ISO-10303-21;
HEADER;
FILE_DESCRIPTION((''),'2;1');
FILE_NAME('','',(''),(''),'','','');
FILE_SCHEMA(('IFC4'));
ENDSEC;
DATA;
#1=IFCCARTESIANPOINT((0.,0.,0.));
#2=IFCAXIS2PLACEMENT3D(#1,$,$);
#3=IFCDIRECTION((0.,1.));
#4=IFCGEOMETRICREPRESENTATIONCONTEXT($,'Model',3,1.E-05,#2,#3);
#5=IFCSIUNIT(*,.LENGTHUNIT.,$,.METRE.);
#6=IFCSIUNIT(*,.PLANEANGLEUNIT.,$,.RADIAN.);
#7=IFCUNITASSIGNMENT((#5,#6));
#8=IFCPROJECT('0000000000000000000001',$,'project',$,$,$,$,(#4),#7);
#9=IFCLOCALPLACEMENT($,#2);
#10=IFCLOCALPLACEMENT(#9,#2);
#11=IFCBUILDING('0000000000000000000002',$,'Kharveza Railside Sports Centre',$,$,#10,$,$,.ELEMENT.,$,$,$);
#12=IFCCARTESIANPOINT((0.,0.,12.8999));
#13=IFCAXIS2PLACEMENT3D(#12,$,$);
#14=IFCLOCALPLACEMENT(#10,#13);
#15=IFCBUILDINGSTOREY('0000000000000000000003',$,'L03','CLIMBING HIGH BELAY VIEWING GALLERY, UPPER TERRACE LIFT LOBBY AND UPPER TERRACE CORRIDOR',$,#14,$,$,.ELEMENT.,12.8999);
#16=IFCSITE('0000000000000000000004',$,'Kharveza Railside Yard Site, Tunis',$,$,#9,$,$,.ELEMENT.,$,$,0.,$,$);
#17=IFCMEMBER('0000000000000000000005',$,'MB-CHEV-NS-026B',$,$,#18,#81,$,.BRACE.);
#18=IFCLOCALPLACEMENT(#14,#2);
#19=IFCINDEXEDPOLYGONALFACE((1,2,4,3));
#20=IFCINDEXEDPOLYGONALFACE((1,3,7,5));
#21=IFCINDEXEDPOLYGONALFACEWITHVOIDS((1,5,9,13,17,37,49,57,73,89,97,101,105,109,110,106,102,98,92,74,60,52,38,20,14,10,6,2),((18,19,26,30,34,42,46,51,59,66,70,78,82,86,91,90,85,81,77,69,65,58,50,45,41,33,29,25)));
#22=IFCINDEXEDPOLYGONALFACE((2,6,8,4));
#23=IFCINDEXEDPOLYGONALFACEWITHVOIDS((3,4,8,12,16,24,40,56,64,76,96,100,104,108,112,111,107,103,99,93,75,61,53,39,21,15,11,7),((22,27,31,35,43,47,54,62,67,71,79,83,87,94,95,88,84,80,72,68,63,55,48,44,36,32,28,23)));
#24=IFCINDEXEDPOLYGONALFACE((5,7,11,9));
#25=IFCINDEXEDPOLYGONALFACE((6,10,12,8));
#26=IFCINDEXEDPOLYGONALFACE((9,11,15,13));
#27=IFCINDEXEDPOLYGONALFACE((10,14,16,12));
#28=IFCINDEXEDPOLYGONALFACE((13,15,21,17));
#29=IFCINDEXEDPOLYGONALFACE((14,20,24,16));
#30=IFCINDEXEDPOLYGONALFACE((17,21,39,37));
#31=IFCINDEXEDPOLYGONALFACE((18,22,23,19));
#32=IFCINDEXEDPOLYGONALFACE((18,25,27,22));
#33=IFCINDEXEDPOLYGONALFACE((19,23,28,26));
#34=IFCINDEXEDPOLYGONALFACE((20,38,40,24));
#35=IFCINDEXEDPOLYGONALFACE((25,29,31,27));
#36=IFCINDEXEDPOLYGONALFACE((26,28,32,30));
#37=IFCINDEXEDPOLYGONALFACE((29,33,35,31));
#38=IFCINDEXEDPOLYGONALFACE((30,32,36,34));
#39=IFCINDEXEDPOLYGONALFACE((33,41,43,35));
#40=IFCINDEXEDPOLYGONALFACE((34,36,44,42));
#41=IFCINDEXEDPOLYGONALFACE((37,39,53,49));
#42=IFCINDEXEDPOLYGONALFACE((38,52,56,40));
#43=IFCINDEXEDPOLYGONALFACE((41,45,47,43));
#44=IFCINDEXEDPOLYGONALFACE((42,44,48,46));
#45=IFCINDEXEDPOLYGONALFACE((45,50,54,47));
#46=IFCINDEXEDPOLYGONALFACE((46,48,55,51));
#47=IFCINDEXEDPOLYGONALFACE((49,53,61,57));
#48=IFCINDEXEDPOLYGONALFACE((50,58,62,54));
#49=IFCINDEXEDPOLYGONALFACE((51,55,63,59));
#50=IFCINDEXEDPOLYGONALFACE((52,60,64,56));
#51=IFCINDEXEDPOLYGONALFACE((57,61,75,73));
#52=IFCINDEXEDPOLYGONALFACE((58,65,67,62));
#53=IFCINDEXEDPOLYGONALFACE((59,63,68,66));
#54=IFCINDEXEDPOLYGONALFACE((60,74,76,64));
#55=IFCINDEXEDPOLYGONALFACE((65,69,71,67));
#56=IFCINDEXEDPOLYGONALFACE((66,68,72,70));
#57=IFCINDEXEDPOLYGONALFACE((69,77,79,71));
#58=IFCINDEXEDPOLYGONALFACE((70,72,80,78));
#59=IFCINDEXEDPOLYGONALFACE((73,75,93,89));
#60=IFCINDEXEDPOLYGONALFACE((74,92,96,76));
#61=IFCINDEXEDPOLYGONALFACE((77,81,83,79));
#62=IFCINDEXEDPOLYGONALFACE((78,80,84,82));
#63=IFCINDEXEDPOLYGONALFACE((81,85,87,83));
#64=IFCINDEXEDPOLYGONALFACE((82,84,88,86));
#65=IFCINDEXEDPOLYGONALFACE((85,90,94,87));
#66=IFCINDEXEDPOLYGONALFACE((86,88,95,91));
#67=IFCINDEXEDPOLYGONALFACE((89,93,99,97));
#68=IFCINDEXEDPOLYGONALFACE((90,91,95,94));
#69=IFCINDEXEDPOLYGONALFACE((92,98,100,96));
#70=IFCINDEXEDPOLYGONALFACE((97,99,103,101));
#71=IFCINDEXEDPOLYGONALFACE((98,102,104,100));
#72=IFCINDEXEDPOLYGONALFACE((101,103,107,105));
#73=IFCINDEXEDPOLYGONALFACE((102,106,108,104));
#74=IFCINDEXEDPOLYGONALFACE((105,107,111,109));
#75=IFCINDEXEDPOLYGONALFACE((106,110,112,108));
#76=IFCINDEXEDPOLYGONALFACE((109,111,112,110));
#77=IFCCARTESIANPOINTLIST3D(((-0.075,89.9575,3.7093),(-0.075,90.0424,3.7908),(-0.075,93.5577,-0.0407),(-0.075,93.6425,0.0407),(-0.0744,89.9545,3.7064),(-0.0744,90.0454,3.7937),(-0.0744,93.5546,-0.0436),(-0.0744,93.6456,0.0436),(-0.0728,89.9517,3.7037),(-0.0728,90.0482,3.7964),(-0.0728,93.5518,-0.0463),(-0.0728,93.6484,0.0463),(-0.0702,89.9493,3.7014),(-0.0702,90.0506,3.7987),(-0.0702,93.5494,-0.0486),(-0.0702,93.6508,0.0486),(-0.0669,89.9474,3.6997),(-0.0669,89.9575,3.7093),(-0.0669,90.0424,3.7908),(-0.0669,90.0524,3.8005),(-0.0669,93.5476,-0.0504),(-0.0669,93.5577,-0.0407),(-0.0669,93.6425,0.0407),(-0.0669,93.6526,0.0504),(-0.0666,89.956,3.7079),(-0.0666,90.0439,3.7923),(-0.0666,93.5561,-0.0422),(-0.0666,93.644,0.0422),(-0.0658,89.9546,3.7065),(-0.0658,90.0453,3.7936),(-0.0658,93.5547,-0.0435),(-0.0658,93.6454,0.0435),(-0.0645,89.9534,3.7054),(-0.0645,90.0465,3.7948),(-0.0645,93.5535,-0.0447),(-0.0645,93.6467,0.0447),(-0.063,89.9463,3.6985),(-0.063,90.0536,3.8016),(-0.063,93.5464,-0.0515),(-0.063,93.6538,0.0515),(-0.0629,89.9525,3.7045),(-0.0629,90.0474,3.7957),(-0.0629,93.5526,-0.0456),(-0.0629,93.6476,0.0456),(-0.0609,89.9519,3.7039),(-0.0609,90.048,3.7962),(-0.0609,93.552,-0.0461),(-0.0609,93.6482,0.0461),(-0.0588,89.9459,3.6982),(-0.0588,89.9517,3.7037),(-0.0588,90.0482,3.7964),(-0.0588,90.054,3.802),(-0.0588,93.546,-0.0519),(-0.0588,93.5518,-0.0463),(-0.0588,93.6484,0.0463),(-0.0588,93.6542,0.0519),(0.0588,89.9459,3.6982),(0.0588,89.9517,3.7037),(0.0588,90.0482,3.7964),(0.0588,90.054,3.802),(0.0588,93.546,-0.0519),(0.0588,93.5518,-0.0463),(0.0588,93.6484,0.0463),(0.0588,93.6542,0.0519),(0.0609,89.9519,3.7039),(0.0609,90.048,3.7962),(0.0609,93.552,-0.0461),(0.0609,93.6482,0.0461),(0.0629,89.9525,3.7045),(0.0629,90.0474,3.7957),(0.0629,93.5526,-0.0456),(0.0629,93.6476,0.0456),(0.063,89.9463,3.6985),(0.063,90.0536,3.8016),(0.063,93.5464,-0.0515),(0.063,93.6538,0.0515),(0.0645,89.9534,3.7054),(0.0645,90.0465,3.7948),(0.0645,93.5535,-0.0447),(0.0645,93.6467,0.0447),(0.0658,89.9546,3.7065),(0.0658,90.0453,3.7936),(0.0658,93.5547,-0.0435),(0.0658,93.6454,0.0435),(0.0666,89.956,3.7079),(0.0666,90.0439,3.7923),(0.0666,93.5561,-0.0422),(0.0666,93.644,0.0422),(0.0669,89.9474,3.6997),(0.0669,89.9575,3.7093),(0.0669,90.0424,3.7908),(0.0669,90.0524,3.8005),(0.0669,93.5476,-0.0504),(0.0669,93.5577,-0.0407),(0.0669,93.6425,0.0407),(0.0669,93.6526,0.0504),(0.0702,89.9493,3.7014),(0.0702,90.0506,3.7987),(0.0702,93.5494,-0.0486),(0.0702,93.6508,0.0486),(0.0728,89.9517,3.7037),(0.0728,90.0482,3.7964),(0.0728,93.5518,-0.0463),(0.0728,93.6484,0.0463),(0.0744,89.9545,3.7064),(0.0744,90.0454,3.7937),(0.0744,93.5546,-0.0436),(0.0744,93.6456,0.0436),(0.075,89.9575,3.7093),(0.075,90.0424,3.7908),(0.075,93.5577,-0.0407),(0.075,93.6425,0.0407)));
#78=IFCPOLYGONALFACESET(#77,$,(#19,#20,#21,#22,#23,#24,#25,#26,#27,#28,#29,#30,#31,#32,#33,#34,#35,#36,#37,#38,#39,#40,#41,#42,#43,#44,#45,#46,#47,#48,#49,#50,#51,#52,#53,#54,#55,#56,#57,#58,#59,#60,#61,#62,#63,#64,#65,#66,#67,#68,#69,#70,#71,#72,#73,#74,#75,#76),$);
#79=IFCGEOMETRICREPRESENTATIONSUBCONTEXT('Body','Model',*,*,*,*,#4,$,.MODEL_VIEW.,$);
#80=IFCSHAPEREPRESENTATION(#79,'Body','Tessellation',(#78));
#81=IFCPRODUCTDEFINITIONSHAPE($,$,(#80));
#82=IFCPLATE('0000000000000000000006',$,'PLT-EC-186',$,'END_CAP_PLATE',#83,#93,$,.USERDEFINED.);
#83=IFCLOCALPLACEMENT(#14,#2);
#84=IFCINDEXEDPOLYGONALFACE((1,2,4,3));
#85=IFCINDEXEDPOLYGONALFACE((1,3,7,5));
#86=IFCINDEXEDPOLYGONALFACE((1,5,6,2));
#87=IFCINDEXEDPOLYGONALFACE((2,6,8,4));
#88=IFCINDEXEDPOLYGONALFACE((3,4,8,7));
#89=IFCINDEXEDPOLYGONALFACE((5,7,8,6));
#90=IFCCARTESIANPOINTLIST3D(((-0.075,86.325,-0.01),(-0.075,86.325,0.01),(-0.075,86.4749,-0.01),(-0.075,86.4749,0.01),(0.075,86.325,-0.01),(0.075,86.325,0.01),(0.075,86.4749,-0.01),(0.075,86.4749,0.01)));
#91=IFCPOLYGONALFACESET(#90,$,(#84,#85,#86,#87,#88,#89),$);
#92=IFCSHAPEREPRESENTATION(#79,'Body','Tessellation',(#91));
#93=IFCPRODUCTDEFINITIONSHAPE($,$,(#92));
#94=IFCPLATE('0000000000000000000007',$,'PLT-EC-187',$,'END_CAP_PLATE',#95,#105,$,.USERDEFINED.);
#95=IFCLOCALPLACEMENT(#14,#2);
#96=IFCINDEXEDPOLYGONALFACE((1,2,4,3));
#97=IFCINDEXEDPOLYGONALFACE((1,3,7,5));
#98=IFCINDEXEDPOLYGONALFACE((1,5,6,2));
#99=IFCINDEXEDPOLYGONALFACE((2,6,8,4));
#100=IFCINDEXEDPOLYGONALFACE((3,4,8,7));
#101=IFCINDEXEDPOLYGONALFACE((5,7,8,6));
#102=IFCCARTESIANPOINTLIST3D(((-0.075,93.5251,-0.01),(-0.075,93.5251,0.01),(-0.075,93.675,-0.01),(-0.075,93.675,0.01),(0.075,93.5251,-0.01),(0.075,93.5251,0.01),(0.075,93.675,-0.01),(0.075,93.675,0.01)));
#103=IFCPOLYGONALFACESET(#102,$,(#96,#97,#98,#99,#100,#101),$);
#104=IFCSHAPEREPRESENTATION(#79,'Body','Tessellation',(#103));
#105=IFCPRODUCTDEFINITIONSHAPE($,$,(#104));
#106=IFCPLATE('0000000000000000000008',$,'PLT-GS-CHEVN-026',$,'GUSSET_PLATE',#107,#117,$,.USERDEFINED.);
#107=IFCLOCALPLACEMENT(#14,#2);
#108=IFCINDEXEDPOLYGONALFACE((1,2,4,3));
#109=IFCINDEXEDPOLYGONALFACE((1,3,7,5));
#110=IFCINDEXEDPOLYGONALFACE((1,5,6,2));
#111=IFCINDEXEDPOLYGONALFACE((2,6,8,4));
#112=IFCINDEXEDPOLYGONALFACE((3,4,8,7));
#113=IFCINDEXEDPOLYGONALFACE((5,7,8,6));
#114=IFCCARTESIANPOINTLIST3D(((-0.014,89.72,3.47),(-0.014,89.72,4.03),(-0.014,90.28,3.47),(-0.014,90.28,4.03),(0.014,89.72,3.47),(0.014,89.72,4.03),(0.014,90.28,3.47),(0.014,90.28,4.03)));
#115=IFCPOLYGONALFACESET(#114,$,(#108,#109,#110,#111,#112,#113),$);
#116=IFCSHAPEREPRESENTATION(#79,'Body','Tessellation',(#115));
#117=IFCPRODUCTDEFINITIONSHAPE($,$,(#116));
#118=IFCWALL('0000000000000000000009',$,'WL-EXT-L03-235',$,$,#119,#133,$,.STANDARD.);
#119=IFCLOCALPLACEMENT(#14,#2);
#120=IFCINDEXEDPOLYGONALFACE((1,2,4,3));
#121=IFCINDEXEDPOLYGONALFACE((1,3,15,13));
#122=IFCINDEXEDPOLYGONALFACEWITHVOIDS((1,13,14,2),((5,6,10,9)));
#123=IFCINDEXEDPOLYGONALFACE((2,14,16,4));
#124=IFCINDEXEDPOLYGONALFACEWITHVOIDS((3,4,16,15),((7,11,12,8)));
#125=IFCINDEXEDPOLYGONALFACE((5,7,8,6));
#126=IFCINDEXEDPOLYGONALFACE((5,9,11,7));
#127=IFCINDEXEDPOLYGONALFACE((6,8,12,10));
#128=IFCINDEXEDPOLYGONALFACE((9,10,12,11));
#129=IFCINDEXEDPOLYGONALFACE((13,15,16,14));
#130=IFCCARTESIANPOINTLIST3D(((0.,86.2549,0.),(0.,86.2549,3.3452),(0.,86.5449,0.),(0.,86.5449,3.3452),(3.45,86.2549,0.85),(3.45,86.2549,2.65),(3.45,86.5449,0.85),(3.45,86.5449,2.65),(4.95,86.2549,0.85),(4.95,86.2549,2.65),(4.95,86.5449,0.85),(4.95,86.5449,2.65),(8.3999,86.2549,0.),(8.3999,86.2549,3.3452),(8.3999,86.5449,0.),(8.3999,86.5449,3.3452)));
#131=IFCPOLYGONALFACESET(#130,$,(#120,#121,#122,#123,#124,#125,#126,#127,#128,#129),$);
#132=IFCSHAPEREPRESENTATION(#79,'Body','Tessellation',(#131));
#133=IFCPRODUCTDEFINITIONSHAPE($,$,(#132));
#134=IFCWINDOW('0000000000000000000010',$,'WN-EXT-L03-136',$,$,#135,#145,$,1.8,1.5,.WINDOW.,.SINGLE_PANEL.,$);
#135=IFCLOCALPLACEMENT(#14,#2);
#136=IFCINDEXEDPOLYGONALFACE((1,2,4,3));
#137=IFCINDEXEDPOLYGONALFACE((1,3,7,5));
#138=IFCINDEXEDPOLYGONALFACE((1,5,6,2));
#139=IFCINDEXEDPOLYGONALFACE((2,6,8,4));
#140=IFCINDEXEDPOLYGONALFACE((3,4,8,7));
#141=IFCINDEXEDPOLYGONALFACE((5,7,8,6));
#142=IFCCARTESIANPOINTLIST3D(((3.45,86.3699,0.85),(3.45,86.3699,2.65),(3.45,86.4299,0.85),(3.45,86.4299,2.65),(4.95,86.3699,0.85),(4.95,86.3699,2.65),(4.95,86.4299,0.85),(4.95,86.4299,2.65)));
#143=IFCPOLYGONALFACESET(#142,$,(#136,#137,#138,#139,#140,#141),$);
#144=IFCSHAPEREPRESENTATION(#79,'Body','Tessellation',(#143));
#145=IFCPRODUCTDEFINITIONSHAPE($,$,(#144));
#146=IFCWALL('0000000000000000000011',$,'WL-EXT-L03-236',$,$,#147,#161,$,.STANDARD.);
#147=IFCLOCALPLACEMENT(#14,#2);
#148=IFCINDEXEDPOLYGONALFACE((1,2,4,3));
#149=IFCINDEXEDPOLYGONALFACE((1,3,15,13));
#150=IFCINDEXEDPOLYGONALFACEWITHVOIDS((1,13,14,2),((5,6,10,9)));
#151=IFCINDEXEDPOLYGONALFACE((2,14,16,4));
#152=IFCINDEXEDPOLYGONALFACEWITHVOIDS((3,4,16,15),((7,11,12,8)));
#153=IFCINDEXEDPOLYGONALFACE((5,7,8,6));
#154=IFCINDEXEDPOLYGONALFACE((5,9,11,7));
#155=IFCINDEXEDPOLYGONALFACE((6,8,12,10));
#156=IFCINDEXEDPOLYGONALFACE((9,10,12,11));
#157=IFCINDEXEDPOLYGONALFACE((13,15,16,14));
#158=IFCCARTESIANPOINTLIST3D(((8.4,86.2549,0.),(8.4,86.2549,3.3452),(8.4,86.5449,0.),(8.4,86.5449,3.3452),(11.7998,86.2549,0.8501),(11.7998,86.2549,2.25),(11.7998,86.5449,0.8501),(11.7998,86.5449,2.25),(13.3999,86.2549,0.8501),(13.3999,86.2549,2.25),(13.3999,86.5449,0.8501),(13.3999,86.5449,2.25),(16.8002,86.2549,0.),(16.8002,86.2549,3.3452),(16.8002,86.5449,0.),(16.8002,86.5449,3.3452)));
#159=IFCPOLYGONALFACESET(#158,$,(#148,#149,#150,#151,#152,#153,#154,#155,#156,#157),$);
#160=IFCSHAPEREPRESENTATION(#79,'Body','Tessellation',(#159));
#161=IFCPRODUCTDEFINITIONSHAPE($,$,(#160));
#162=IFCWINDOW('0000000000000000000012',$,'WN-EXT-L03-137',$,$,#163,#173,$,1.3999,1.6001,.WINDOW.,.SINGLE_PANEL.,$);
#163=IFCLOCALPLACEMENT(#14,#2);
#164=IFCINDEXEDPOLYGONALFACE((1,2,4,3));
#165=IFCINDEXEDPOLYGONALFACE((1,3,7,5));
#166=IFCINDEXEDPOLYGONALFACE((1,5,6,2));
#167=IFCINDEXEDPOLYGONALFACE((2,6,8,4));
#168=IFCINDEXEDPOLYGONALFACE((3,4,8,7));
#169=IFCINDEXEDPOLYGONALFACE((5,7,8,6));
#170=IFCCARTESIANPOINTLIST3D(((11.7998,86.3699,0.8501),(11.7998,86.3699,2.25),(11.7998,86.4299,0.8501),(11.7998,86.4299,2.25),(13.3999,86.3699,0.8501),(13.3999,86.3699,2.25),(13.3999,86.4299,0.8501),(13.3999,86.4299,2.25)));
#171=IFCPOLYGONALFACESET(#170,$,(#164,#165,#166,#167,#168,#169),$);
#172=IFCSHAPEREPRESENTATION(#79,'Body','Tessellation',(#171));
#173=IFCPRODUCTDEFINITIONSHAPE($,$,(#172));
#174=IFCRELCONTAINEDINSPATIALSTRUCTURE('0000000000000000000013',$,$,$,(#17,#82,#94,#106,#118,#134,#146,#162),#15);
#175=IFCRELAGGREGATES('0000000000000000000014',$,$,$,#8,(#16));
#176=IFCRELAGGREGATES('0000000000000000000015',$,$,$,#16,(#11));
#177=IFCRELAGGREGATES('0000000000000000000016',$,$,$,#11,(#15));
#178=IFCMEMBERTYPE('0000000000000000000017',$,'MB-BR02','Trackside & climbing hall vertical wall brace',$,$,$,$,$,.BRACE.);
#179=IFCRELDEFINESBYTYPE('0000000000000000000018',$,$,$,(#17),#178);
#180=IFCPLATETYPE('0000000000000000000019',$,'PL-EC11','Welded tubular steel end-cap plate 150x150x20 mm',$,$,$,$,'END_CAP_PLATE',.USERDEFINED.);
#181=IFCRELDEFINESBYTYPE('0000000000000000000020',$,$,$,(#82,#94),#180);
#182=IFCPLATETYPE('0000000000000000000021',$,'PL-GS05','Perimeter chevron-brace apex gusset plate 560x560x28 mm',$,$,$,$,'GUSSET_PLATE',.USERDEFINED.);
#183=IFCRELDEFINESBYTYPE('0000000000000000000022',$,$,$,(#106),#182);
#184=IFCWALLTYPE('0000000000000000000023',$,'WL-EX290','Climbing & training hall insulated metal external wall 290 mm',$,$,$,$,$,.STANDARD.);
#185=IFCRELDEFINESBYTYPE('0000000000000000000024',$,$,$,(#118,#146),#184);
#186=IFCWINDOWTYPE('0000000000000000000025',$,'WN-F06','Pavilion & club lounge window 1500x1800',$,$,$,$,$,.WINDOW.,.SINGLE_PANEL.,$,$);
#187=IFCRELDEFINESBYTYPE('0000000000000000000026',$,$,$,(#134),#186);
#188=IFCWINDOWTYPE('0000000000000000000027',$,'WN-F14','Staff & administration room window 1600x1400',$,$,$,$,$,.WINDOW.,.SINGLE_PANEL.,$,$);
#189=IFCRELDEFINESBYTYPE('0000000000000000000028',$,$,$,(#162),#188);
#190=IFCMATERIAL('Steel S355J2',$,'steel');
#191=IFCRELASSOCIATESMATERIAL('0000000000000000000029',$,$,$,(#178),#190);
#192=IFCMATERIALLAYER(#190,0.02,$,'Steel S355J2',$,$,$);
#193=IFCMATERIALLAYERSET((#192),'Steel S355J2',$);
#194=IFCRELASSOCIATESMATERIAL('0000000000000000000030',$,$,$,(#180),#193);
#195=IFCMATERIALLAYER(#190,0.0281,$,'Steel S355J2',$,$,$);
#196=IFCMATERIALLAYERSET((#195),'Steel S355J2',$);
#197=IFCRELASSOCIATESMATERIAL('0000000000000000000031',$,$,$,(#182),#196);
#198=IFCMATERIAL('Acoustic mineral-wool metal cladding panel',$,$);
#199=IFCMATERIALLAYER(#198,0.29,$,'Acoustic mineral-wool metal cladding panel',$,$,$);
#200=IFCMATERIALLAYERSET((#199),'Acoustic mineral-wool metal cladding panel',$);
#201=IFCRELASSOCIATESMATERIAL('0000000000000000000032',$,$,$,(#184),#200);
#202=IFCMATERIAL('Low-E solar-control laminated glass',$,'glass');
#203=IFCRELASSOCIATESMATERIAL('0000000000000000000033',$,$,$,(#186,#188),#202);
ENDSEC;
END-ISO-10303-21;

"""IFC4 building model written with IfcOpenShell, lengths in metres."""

from ifc_helpers import new_model, si_unit, direction, frame, frame_2d, origin, origin_2d, place, context, subcontext, project, spatial, rectangle, hollow_rectangle, extrude, material, layer, layer_set, material_profile, profile_set, type_object, element, fill, save


model = new_model("IFC4")

# Units and contexts
model_context = context("Model", 3, precision=1e-05, world=origin(), true_north=direction((0.0, 1.0)))
body_context = subcontext(model_context, "Body", "Model", "MODEL_VIEW")
ifc_project = project(units=[si_unit("LENGTHUNIT", "METRE"), si_unit("PLANEANGLEUNIT", "RADIAN")], contexts=[model_context])

# Site, building, storey
site_placement = place(None, origin())
site = spatial("IfcSite", under=ifc_project, at=site_placement, Name="Kharveza Railside Yard Site, Tunis", CompositionType="ELEMENT", RefElevation=0.0)
building_placement = place(site_placement, origin())
building = spatial("IfcBuilding", under=site, at=building_placement, Name="Kharveza Railside Sports Centre", CompositionType="ELEMENT")
storey_placement = place(building_placement, frame((0.0, 0.0, 12.8999)))
storey = spatial("IfcBuildingStorey", under=building, at=storey_placement, Name="L03", Description="CLIMBING HIGH BELAY VIEWING GALLERY, UPPER TERRACE LIFT LOBBY AND UPPER TERRACE CORRIDOR", CompositionType="ELEMENT", Elevation=12.8999)

# Shared definitions
ifc_material_1 = material(Name="Steel S355J2", Category="steel")

# Member
ifc_material_profile_1 = material_profile(ifc_material_1, hollow_rectangle(XDim=0.1499, YDim=0.1499, WallThickness=0.0081, InnerFilletRadius=0.0081, OuterFilletRadius=0.0161, at=origin_2d()), Name="SHS 150x150x8.0")
ifc_profile_set_1 = profile_set([ifc_material_profile_1], Name="Steel S355J2")
member_type = type_object("IfcMemberType", Name="MB-BR02", Description="Trackside & climbing hall vertical wall brace", PredefinedType="BRACE", material=ifc_profile_set_1)
for number, where, z_axis, x_axis, name in (
    (1, (0.0, 93.6001, 0.0), (0.0, -0.692542, 0.721378), (1.0, 0.0, 0.0), "MB-CHEV-NS-026B"),
):
    element("IfcMember", number, at=place(storey_placement, frame(where, z_axis=z_axis, x_axis=x_axis)), inside=storey, type_object=member_type, Name=name, PredefinedType="BRACE", context=body_context, shape_type="SweptSolid", body=[
        extrude(hollow_rectangle(XDim=0.1499, YDim=0.1499, WallThickness=0.0081, InnerFilletRadius=0.0081, OuterFilletRadius=0.0161, at=origin_2d()), origin(), (0.0, 0.0, 1.0), 5.1985),
    ])

# Plates
ifc_layer_1 = layer(ifc_material_1, 0.02, Name="Steel S355J2")
ifc_layer_set_1 = layer_set([ifc_layer_1], Name="Steel S355J2")
plate_type_1 = type_object("IfcPlateType", Name="PL-EC11", Description="Welded tubular steel end-cap plate 150x150x20 mm", ElementType="END_CAP_PLATE", PredefinedType="USERDEFINED", material=ifc_layer_set_1)
for number, where, z_axis, x_axis, name in (
    (2, (0.0, 86.3999, -0.01), (0.0, 0.0, 1.0), (1.0, 0.0, 0.0), "PLT-EC-186"),
    (3, (0.0, 93.6001, -0.01), (0.0, 0.0, 1.0), (1.0, 0.0, 0.0), "PLT-EC-187"),
):
    element("IfcPlate", number, at=place(storey_placement, frame(where, z_axis=z_axis, x_axis=x_axis)), inside=storey, type_object=plate_type_1, Name=name, ObjectType="END_CAP_PLATE", PredefinedType="USERDEFINED", context=body_context, shape_type="SweptSolid", body=[
        extrude(rectangle(XDim=0.1499, YDim=0.1499, at=origin_2d()), origin(), (0.0, 0.0, 1.0), 0.02),
    ])
ifc_layer_2 = layer(ifc_material_1, 0.0281, Name="Steel S355J2")
ifc_layer_set_2 = layer_set([ifc_layer_2], Name="Steel S355J2")
plate_type_2 = type_object("IfcPlateType", Name="PL-GS05", Description="Perimeter chevron-brace apex gusset plate 560x560x28 mm", ElementType="GUSSET_PLATE", PredefinedType="USERDEFINED", material=ifc_layer_set_2)
plate_placement = place(storey_placement, frame((0.0, 90.0, 3.47), z_axis=(0.0, 0.0, 1.0), x_axis=(1.0, 0.0, 0.0)))
element("IfcPlate", 4, at=plate_placement, inside=storey, type_object=plate_type_2, Name="PLT-GS-CHEVN-026", ObjectType="GUSSET_PLATE", PredefinedType="USERDEFINED", context=body_context, shape_type="SweptSolid", body=[
    extrude(rectangle(XDim=0.0281, YDim=0.5601, at=origin_2d()), origin(), (0.0, 0.0, 1.0), 0.5601),
])

# Walls, openings, windows
ifc_material_2 = material(Name="Acoustic mineral-wool metal cladding panel")
ifc_layer_3 = layer(ifc_material_2, 0.29, Name="Acoustic mineral-wool metal cladding panel")
ifc_layer_set_3 = layer_set([ifc_layer_3], Name="Acoustic mineral-wool metal cladding panel")
wall_type = type_object("IfcWallType", Name="WL-EX290", Description="Climbing & training hall insulated metal external wall 290 mm", PredefinedType="STANDARD", material=ifc_layer_set_3)
wall_1_placement = place(storey_placement, frame((0.0, 86.3999, 0.0), z_axis=(0.0, 0.0, 1.0), x_axis=(1.0, 0.0, 0.0)))
wall_1 = element("IfcWall", 5, at=wall_1_placement, inside=storey, type_object=wall_type, Name="WL-EXT-L03-235", PredefinedType="STANDARD", context=body_context, shape_type="SweptSolid", body=[
    extrude(rectangle(XDim=8.3999, YDim=0.29, at=frame_2d((4.2, 0.0))), origin(), (0.0, 0.0, 1.0), 3.3452),
])
opening_1_placement = place(wall_1_placement, frame((3.45, 0.0, 0.8501)))
opening_1 = element("IfcOpeningElement", 6, at=opening_1_placement, cuts=wall_1, PredefinedType="OPENING", context=body_context, shape_type="SweptSolid", body=[
    extrude(rectangle(XDim=1.5, YDim=1.8, at=frame_2d((0.75, 0.8999))), frame((0.0, 0.1699, 0.0), z_axis=(0.0, -1.0, 0.0), x_axis=(1.0, 0.0, 0.0)), (0.0, 0.0, 1.0), 0.3398),
])
ifc_material_3 = material(Name="Low-E solar-control laminated glass", Category="glass")
window_type_1 = type_object("IfcWindowType", Name="WN-F06", Description="Pavilion & club lounge window 1500x1800", PartitioningType="SINGLE_PANEL", PredefinedType="WINDOW", material=ifc_material_3)
window_1_placement = place(opening_1_placement, origin())
window_1 = element("IfcWindow", 7, at=window_1_placement, inside=storey, type_object=window_type_1, Name="WN-EXT-L03-136", OverallHeight=1.8, OverallWidth=1.5, PartitioningType="SINGLE_PANEL", PredefinedType="WINDOW", context=body_context, shape_type="SweptSolid", body=[
    extrude(rectangle(XDim=1.5, YDim=1.8, at=frame_2d((0.75, 0.8999))), frame((0.0, 0.03, 0.0), z_axis=(0.0, -1.0, 0.0), x_axis=(1.0, 0.0, 0.0)), (0.0, 0.0, 1.0), 0.0601),
])
fill(opening_1, window_1)
wall_2_placement = place(storey_placement, frame((8.3999, 86.3999, 0.0), z_axis=(0.0, 0.0, 1.0), x_axis=(1.0, 0.0, 0.0)))
wall_2 = element("IfcWall", 8, at=wall_2_placement, inside=storey, type_object=wall_type, Name="WL-EXT-L03-236", PredefinedType="STANDARD", context=body_context, shape_type="SweptSolid", body=[
    extrude(rectangle(XDim=8.4001, YDim=0.29, at=frame_2d((4.2002, 0.0))), origin(), (0.0, 0.0, 1.0), 3.3452),
])
opening_2_placement = place(wall_2_placement, frame((3.3999, 0.0, 0.8501)))
opening_2 = element("IfcOpeningElement", 9, at=opening_2_placement, cuts=wall_2, PredefinedType="OPENING", context=body_context, shape_type="SweptSolid", body=[
    extrude(rectangle(XDim=1.6001, YDim=1.3999, at=frame_2d((0.8, 0.7))), frame((0.0, 0.1699, 0.0), z_axis=(0.0, -1.0, 0.0), x_axis=(1.0, 0.0, 0.0)), (0.0, 0.0, 1.0), 0.3398),
])
window_type_2 = type_object("IfcWindowType", Name="WN-F14", Description="Staff & administration room window 1600x1400", PartitioningType="SINGLE_PANEL", PredefinedType="WINDOW", material=ifc_material_3)
window_2_placement = place(opening_2_placement, origin())
window_2 = element("IfcWindow", 10, at=window_2_placement, inside=storey, type_object=window_type_2, Name="WN-EXT-L03-137", OverallHeight=1.3999, OverallWidth=1.6001, PartitioningType="SINGLE_PANEL", PredefinedType="WINDOW", context=body_context, shape_type="SweptSolid", body=[
    extrude(rectangle(XDim=1.6001, YDim=1.3999, at=frame_2d((0.8, 0.7))), frame((0.0, 0.03, 0.0), z_axis=(0.0, -1.0, 0.0), x_axis=(1.0, 0.0, 0.0)), (0.0, 0.0, 1.0), 0.0601),
])
fill(opening_2, window_2)

save(model, "model.ifc")
